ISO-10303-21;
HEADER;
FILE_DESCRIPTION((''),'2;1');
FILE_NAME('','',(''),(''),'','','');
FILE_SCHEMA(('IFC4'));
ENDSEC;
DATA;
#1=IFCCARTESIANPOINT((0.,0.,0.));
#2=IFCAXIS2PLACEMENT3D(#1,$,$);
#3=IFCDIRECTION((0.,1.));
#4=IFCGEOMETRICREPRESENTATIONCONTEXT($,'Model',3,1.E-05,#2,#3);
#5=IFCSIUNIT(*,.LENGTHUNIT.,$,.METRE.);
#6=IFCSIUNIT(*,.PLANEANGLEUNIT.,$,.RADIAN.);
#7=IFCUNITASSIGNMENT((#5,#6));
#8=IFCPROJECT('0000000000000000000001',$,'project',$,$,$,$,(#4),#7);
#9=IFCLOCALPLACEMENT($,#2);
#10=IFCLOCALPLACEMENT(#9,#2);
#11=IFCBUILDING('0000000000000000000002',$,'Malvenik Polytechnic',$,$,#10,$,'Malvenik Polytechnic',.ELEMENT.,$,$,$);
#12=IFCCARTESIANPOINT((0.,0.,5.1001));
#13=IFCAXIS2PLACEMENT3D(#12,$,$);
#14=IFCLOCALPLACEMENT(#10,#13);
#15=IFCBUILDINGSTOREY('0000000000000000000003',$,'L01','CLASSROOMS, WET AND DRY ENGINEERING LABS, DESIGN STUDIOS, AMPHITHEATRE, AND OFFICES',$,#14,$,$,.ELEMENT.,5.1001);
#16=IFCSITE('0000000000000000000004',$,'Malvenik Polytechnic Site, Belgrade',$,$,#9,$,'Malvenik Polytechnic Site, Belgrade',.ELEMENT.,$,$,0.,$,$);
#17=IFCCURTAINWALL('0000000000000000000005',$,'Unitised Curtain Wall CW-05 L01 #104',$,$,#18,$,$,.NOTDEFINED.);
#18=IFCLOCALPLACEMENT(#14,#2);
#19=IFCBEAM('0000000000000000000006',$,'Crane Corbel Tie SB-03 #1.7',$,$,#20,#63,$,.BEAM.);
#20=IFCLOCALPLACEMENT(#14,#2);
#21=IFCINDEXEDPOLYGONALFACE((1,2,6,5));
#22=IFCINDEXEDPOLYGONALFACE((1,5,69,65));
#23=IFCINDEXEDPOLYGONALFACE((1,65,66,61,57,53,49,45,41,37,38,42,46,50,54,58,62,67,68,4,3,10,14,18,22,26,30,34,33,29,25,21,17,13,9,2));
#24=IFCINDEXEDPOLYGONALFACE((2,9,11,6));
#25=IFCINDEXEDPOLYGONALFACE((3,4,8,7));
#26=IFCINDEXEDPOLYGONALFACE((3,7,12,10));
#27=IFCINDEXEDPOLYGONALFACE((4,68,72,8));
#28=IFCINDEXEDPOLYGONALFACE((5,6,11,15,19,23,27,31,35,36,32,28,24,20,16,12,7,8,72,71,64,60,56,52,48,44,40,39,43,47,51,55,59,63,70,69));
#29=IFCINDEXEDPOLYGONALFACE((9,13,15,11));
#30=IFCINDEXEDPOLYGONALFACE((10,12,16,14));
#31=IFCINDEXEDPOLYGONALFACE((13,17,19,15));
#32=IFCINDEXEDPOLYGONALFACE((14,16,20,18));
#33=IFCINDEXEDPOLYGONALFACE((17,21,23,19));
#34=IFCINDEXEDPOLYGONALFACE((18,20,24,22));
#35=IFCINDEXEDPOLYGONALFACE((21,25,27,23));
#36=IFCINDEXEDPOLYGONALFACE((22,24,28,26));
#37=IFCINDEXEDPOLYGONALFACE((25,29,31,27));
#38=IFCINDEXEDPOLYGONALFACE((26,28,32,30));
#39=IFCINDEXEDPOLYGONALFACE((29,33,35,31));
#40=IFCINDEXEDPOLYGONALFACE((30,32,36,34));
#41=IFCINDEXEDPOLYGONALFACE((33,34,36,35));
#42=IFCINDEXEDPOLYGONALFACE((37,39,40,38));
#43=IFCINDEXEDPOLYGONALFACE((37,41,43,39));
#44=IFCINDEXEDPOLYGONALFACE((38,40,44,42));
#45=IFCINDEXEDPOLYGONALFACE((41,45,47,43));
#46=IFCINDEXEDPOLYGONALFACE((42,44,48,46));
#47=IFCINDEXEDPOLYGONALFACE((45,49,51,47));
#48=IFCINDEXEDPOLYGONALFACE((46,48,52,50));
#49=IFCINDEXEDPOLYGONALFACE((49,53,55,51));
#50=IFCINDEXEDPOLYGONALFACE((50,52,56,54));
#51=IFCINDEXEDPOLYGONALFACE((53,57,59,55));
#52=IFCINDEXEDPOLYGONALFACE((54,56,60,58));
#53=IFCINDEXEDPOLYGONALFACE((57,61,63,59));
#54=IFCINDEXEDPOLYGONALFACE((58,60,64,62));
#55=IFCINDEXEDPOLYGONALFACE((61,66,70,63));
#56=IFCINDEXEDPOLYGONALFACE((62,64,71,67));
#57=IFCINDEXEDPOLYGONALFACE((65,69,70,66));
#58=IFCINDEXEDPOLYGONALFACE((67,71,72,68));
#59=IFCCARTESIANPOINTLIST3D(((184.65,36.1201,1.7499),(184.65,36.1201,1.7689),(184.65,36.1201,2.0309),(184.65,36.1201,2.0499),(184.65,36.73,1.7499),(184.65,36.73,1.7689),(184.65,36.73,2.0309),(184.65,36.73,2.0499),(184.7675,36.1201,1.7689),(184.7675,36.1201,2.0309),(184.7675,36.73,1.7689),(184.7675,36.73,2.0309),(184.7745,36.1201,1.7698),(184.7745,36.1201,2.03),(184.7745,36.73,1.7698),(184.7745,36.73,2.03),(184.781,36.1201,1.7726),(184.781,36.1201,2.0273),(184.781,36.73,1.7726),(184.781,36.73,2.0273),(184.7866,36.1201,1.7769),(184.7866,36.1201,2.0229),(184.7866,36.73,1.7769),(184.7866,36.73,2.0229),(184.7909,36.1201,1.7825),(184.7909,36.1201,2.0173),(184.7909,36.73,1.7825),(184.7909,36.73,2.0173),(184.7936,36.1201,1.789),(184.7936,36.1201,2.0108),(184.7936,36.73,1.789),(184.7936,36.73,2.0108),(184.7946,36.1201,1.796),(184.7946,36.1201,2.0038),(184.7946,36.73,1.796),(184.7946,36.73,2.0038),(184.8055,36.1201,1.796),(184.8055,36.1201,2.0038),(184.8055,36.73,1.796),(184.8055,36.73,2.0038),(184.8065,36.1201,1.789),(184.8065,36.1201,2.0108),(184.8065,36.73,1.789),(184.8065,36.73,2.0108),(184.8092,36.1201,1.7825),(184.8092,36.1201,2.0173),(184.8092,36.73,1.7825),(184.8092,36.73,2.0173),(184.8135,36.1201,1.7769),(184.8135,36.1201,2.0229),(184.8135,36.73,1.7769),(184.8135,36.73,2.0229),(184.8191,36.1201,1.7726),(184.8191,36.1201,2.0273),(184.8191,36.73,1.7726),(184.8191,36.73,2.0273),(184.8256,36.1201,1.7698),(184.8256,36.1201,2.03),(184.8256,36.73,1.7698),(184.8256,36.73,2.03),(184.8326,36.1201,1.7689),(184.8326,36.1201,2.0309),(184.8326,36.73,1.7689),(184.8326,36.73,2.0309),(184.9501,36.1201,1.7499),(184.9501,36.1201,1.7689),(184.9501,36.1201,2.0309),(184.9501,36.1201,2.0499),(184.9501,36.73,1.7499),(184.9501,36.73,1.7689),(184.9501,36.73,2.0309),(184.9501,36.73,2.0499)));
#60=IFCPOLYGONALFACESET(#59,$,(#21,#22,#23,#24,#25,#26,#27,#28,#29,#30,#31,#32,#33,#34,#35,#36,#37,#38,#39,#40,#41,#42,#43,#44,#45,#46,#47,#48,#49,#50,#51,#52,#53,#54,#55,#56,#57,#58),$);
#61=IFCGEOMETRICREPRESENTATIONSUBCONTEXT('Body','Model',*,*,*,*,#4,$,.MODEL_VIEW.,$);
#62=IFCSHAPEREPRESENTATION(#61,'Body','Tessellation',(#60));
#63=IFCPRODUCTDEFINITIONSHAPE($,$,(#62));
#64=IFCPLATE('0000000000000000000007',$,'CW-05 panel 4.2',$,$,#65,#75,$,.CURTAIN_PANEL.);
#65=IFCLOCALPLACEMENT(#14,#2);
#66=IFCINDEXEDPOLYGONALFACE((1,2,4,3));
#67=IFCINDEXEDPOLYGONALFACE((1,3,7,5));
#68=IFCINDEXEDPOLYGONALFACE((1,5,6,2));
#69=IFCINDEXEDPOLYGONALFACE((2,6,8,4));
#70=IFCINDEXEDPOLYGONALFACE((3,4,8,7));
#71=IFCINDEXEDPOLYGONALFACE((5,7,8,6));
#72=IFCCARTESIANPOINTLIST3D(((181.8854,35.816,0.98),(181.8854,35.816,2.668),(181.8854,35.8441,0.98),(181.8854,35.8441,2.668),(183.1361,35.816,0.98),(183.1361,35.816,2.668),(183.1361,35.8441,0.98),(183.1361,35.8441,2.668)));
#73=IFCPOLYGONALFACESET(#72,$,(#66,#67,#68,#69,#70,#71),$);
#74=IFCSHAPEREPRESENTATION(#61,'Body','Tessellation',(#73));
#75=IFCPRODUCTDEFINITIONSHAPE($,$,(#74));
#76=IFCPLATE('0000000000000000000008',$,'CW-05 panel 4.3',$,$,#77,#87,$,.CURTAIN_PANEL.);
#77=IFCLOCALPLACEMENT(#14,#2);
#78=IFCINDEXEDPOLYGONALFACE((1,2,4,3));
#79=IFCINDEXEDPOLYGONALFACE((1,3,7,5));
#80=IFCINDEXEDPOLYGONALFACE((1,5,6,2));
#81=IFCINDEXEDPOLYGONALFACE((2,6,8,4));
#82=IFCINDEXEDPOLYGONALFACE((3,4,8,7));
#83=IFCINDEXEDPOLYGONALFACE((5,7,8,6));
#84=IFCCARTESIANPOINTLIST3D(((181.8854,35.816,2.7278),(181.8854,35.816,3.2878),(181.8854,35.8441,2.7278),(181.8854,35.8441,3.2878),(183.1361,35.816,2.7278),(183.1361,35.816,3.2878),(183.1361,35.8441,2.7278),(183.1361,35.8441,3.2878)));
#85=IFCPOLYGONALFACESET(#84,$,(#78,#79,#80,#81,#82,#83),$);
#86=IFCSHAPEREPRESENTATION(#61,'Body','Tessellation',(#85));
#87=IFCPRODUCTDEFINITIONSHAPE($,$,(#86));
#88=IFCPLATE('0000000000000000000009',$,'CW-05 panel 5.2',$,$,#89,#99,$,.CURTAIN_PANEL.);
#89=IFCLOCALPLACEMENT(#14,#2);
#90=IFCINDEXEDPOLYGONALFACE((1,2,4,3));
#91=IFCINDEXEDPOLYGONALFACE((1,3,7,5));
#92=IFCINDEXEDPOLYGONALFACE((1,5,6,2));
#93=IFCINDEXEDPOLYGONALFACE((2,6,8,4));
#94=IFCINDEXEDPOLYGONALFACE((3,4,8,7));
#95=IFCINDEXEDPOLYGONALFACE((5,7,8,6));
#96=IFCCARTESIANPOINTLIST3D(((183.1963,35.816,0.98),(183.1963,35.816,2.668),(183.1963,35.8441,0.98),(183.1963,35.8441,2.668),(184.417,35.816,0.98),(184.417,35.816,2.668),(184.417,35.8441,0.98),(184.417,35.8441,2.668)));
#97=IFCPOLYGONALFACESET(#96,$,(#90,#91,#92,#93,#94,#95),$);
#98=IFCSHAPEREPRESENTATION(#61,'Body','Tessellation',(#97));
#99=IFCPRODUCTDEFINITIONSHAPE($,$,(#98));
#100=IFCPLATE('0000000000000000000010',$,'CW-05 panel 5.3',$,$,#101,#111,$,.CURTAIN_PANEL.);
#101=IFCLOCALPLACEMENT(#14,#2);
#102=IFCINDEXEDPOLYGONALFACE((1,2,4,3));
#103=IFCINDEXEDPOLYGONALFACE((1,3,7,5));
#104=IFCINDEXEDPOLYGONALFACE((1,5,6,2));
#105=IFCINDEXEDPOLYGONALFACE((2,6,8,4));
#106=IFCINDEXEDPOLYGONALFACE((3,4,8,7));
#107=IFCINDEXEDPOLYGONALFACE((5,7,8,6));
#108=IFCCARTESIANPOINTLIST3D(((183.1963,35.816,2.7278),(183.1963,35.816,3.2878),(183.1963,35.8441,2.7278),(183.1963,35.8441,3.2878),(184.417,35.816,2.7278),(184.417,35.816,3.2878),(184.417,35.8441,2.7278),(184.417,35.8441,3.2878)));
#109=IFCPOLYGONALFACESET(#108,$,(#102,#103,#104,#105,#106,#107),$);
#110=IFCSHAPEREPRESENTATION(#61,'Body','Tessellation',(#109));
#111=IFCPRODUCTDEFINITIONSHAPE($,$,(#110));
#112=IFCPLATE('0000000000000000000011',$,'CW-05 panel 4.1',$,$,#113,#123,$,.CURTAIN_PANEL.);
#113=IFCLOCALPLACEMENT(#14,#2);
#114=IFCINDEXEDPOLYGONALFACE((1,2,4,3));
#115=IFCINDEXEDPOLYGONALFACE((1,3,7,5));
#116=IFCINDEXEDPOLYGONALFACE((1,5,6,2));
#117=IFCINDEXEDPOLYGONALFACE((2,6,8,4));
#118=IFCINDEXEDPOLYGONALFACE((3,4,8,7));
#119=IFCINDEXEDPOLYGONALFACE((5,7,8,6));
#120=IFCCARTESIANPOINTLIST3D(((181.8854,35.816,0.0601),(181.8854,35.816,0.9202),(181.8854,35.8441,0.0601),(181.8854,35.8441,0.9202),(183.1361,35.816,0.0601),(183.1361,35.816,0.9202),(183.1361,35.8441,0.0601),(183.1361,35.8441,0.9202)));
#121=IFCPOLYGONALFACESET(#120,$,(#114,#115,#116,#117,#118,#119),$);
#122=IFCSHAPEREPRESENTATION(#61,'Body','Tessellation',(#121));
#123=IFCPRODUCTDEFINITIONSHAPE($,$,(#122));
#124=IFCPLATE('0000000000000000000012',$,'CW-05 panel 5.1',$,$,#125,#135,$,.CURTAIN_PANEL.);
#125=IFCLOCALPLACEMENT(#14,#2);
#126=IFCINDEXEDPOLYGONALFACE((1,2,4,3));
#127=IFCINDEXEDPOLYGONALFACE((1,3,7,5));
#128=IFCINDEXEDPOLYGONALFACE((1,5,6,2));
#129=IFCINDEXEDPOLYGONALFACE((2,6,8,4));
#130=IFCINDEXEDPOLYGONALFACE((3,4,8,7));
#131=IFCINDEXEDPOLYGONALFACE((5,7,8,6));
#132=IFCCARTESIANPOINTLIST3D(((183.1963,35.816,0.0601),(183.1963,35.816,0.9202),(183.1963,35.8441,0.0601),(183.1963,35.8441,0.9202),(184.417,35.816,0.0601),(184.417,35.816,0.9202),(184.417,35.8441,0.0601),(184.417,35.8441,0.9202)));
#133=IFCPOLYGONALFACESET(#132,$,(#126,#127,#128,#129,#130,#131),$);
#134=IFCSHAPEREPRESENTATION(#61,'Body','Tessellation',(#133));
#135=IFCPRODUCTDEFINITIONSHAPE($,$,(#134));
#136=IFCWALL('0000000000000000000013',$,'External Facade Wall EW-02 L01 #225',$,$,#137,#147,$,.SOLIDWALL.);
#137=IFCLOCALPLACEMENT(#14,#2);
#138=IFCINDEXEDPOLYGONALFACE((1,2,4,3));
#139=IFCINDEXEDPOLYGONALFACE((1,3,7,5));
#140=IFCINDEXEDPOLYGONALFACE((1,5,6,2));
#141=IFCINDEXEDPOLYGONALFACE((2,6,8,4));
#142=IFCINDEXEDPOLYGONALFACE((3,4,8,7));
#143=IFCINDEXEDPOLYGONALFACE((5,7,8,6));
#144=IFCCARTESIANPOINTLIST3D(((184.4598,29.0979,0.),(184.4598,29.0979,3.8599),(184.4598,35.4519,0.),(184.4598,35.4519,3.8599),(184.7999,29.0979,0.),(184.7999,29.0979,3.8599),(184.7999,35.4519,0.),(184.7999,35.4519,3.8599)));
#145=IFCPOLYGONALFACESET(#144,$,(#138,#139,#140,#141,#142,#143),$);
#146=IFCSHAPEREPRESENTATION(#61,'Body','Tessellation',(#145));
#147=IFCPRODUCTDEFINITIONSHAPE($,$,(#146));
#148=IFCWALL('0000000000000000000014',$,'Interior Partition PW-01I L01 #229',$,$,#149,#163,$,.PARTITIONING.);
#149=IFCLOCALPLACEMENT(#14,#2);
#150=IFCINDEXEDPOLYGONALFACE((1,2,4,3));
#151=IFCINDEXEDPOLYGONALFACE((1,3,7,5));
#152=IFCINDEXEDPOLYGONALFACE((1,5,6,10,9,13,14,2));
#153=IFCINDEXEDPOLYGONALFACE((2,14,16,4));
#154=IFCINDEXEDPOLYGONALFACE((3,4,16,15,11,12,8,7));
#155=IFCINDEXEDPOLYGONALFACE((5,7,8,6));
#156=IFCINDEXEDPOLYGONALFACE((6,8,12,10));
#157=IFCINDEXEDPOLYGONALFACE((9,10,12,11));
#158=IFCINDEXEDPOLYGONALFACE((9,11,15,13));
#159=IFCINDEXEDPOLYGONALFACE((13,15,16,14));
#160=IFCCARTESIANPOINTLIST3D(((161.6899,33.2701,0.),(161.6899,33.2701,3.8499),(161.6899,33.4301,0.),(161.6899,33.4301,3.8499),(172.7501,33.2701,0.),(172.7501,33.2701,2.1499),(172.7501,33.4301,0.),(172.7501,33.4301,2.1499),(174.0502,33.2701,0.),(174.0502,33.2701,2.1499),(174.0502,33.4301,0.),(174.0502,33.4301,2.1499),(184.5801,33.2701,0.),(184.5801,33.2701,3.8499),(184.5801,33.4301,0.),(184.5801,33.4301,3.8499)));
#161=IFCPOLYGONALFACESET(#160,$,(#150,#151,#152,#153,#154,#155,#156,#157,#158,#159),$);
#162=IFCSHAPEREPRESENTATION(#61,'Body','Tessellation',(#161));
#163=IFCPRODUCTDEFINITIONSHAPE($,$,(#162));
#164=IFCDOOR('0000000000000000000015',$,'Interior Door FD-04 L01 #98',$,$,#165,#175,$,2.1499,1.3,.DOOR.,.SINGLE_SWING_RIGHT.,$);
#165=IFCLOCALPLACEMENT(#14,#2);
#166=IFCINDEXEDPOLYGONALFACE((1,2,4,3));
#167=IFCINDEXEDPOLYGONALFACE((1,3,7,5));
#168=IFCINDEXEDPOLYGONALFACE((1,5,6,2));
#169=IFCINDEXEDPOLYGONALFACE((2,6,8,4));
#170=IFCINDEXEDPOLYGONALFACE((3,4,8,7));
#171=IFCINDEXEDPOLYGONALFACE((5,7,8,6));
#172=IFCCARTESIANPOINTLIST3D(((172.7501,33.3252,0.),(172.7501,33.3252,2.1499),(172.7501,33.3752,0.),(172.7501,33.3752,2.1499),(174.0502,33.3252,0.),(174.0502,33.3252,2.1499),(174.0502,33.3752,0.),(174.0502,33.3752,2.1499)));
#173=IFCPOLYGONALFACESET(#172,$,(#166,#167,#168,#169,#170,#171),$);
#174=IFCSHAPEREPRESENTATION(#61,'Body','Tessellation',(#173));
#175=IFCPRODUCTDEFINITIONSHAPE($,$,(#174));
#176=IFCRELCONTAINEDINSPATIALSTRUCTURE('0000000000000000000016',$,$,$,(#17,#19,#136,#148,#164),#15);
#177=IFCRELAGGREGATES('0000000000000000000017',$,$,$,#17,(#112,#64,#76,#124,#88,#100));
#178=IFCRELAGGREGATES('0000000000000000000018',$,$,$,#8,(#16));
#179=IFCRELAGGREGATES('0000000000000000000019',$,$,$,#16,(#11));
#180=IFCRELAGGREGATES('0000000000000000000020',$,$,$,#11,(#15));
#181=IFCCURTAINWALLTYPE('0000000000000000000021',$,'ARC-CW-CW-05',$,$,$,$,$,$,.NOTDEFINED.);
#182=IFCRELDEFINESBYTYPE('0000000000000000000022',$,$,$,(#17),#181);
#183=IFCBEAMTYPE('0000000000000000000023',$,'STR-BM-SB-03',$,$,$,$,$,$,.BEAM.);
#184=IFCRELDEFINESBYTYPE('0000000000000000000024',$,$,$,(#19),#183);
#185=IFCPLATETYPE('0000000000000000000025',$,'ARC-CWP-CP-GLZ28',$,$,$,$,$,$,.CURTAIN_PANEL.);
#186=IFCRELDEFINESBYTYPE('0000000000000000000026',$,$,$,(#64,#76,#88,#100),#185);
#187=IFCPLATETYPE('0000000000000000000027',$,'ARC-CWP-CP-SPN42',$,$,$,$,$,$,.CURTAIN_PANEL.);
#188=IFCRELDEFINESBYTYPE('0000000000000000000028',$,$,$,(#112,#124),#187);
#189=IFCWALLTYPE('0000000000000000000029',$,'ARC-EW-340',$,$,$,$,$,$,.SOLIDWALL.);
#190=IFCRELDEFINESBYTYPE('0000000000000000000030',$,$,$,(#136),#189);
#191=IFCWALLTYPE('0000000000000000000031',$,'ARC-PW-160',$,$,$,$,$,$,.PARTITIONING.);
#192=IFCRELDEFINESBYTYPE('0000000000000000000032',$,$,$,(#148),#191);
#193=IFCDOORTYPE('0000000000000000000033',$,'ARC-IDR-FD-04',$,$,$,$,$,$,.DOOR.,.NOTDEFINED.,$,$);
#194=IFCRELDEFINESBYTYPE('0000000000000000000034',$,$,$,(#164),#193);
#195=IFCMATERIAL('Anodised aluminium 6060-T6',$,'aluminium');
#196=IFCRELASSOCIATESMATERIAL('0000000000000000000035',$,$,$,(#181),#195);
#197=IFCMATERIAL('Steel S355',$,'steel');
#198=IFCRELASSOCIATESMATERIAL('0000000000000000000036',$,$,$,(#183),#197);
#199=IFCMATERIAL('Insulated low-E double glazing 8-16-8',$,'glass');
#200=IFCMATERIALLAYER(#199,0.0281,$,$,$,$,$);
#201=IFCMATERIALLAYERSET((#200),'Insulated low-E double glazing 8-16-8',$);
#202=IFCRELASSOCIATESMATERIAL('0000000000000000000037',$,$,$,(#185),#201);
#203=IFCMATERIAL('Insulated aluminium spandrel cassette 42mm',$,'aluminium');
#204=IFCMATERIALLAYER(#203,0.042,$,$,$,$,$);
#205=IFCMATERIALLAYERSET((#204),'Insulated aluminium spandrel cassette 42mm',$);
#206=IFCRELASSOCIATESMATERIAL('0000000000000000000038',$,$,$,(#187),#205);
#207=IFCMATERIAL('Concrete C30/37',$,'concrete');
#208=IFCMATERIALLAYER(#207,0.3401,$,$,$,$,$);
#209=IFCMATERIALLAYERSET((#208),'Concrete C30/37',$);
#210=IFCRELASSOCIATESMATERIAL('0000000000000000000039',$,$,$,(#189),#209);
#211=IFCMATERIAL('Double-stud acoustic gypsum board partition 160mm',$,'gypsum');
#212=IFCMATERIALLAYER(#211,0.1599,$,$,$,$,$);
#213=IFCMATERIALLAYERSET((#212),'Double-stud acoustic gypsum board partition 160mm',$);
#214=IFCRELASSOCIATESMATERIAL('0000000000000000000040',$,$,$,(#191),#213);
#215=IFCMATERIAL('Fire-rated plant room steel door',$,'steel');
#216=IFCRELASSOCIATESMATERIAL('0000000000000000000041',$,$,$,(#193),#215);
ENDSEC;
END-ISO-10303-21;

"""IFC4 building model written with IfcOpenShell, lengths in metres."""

from ifc_helpers import new_model, si_unit, direction, frame, frame_2d, origin, origin_2d, place, context, subcontext, project, spatial, rectangle, i_section, extrude, material, layer, layer_set, material_profile, profile_set, type_object, element, fill, aggregate, save


model = new_model("IFC4")

# Units and contexts
model_context = context("Model", 3, precision=1e-05, world=origin(), true_north=direction((0.0, 1.0)))
body_context = subcontext(model_context, "Body", "Model", "MODEL_VIEW")
ifc_project = project(units=[si_unit("LENGTHUNIT", "METRE"), si_unit("PLANEANGLEUNIT", "RADIAN")], contexts=[model_context])

# Site, building, storey
site_placement = place(None, origin())
site = spatial("IfcSite", under=ifc_project, at=site_placement, Name="Malvenik Polytechnic Site, Belgrade", LongName="Malvenik Polytechnic Site, Belgrade", CompositionType="ELEMENT", RefElevation=0.0)
building_placement = place(site_placement, origin())
building = spatial("IfcBuilding", under=site, at=building_placement, Name="Malvenik Polytechnic", LongName="Malvenik Polytechnic", CompositionType="ELEMENT")
storey_placement = place(building_placement, frame((0.0, 0.0, 5.1001)))
storey = spatial("IfcBuildingStorey", under=building, at=storey_placement, Name="L01", Description="CLASSROOMS, WET AND DRY ENGINEERING LABS, DESIGN STUDIOS, AMPHITHEATRE, AND OFFICES", CompositionType="ELEMENT", Elevation=5.1001)

# Curtain wall
ifc_material_1 = material(Name="Anodised aluminium 6060-T6", Category="aluminium")
curtain_wall_type_1 = type_object("IfcCurtainWallType", Name="ARC-CW-CW-05", PredefinedType="NOTDEFINED", material=ifc_material_1)
curtain_wall_1_placement = place(storey_placement, origin())
curtain_wall_1 = element("IfcCurtainWall", 1, at=curtain_wall_1_placement, inside=storey, type_object=curtain_wall_type_1, Name="Unitised Curtain Wall CW-05 L01 #104", PredefinedType="NOTDEFINED")

# Beam
ifc_material_2 = material(Name="Steel S355", Category="steel")
ifc_material_profile_1 = material_profile(ifc_material_2, i_section(OverallWidth=0.3, OverallDepth=0.3, WebThickness=0.011, FlangeThickness=0.019, FilletRadius=0.0271, at=origin_2d()), Name="HEB 300")
ifc_profile_set_1 = profile_set([ifc_material_profile_1], Name="Steel S355")
beam_type = type_object("IfcBeamType", Name="STR-BM-SB-03", PredefinedType="BEAM", material=ifc_profile_set_1)
beam_placement = place(storey_placement, frame((184.8, 36.1201, 1.8999), z_axis=(0.0, 1.0, 0.0), x_axis=(-1.0, 0.0, 0.0)))
element("IfcBeam", 2, at=beam_placement, inside=storey, type_object=beam_type, Name="Crane Corbel Tie SB-03 #1.7", PredefinedType="BEAM", context=body_context, shape_type="SweptSolid", body=[
    extrude(i_section(OverallWidth=0.3, OverallDepth=0.3, WebThickness=0.011, FlangeThickness=0.019, FilletRadius=0.0271, at=origin_2d()), origin(), (0.0, 0.0, 1.0), 0.6099),
])

# Plates
ifc_material_3 = material(Name="Insulated low-E double glazing 8-16-8", Category="glass")
ifc_layer_1 = layer(ifc_material_3, 0.0281)
ifc_layer_set_1 = layer_set([ifc_layer_1], Name="Insulated low-E double glazing 8-16-8")
plate_type_1 = type_object("IfcPlateType", Name="ARC-CWP-CP-GLZ28", PredefinedType="CURTAIN_PANEL", material=ifc_layer_set_1)
plate_1_placement = place(storey_placement, frame((182.5107, 35.8301, 0.98), z_axis=(0.0, 0.0, 1.0), x_axis=(1.0, 0.0, 0.0)))
plate_1 = element("IfcPlate", 3, at=plate_1_placement, type_object=plate_type_1, Name="CW-05 panel 4.2", PredefinedType="CURTAIN_PANEL", context=body_context, shape_type="SweptSolid", body=[
    extrude(rectangle(XDim=1.2507, YDim=0.0281, at=origin_2d()), origin(), (0.0, 0.0, 1.0), 1.688),
])
plate_2_placement = place(storey_placement, frame((182.5107, 35.8301, 2.7278), z_axis=(0.0, 0.0, 1.0), x_axis=(1.0, 0.0, 0.0)))
plate_2 = element("IfcPlate", 4, at=plate_2_placement, type_object=plate_type_1, Name="CW-05 panel 4.3", PredefinedType="CURTAIN_PANEL", context=body_context, shape_type="SweptSolid", body=[
    extrude(rectangle(XDim=1.2507, YDim=0.0281, at=origin_2d()), origin(), (0.0, 0.0, 1.0), 0.5601),
])
plate_3_placement = place(storey_placement, frame((183.8066, 35.8301, 0.98), z_axis=(0.0, 0.0, 1.0), x_axis=(1.0, 0.0, 0.0)))
plate_3 = element("IfcPlate", 5, at=plate_3_placement, type_object=plate_type_1, Name="CW-05 panel 5.2", PredefinedType="CURTAIN_PANEL", context=body_context, shape_type="SweptSolid", body=[
    extrude(rectangle(XDim=1.2207, YDim=0.0281, at=origin_2d()), origin(), (0.0, 0.0, 1.0), 1.688),
])
plate_4_placement = place(storey_placement, frame((183.8066, 35.8301, 2.7278), z_axis=(0.0, 0.0, 1.0), x_axis=(1.0, 0.0, 0.0)))
plate_4 = element("IfcPlate", 6, at=plate_4_placement, type_object=plate_type_1, Name="CW-05 panel 5.3", PredefinedType="CURTAIN_PANEL", context=body_context, shape_type="SweptSolid", body=[
    extrude(rectangle(XDim=1.2207, YDim=0.0281, at=origin_2d()), origin(), (0.0, 0.0, 1.0), 0.5601),
])
ifc_material_4 = material(Name="Insulated aluminium spandrel cassette 42mm", Category="aluminium")
ifc_layer_2 = layer(ifc_material_4, 0.042)
ifc_layer_set_2 = layer_set([ifc_layer_2], Name="Insulated aluminium spandrel cassette 42mm")
plate_type_2 = type_object("IfcPlateType", Name="ARC-CWP-CP-SPN42", PredefinedType="CURTAIN_PANEL", material=ifc_layer_set_2)
plate_5_placement = place(storey_placement, frame((182.5107, 35.8301, 0.0601), z_axis=(0.0, 0.0, 1.0), x_axis=(1.0, 0.0, 0.0)))
plate_5 = element("IfcPlate", 7, at=plate_5_placement, type_object=plate_type_2, Name="CW-05 panel 4.1", PredefinedType="CURTAIN_PANEL", context=body_context, shape_type="SweptSolid", body=[
    extrude(rectangle(XDim=1.2507, YDim=0.0281, at=origin_2d()), origin(), (0.0, 0.0, 1.0), 0.8601),
])
plate_6_placement = place(storey_placement, frame((183.8066, 35.8301, 0.0601), z_axis=(0.0, 0.0, 1.0), x_axis=(1.0, 0.0, 0.0)))
plate_6 = element("IfcPlate", 8, at=plate_6_placement, type_object=plate_type_2, Name="CW-05 panel 5.1", PredefinedType="CURTAIN_PANEL", context=body_context, shape_type="SweptSolid", body=[
    extrude(rectangle(XDim=1.2207, YDim=0.0281, at=origin_2d()), origin(), (0.0, 0.0, 1.0), 0.8601),
])
aggregate(curtain_wall_1, [plate_5, plate_1, plate_2, plate_6, plate_3, plate_4])

# Wall
ifc_material_5 = material(Name="Concrete C30/37", Category="concrete")
ifc_layer_3 = layer(ifc_material_5, 0.3401)
ifc_layer_set_3 = layer_set([ifc_layer_3], Name="Concrete C30/37")
wall_type_1 = type_object("IfcWallType", Name="ARC-EW-340", PredefinedType="SOLIDWALL", material=ifc_layer_set_3)
wall_1_placement = place(storey_placement, frame((184.6299, 35.4519, 0.0), z_axis=(0.0, 0.0, 1.0), x_axis=(0.0, -1.0, 0.0)))
element("IfcWall", 9, at=wall_1_placement, inside=storey, type_object=wall_type_1, Name="External Facade Wall EW-02 L01 #225", PredefinedType="SOLIDWALL", context=body_context, shape_type="SweptSolid", body=[
    extrude(rectangle(XDim=6.354, YDim=0.3401, at=frame_2d((3.177, 0.0))), origin(), (0.0, 0.0, 1.0), 3.8599),
])

# Wall, opening, door
ifc_material_6 = material(Name="Double-stud acoustic gypsum board partition 160mm", Category="gypsum")
ifc_layer_4 = layer(ifc_material_6, 0.1599)
ifc_layer_set_4 = layer_set([ifc_layer_4], Name="Double-stud acoustic gypsum board partition 160mm")
wall_type_2 = type_object("IfcWallType", Name="ARC-PW-160", PredefinedType="PARTITIONING", material=ifc_layer_set_4)
wall_2_placement = place(storey_placement, frame((184.5801, 33.3501, 0.0), z_axis=(0.0, 0.0, 1.0), x_axis=(-1.0, 0.0, 0.0)))
wall_2 = element("IfcWall", 10, at=wall_2_placement, inside=storey, type_object=wall_type_2, Name="Interior Partition PW-01I L01 #229", PredefinedType="PARTITIONING", context=body_context, shape_type="SweptSolid", body=[
    extrude(rectangle(XDim=22.8901, YDim=0.1599, at=frame_2d((11.4451, 0.0))), origin(), (0.0, 0.0, 1.0), 3.8499),
])
opening_placement = place(wall_2_placement, frame((10.53, 0.0, 0.0)))
opening = element("IfcOpeningElement", 11, at=opening_placement, cuts=wall_2, PredefinedType="OPENING", context=body_context, shape_type="SweptSolid", body=[
    extrude(rectangle(XDim=1.3, YDim=2.1499, at=frame_2d((0.6499, 1.075))), frame((0.0, 0.0898, 0.0), z_axis=(0.0, -1.0, 0.0), x_axis=(1.0, 0.0, 0.0)), (0.0, 0.0, 1.0), 0.1799),
])
ifc_material_7 = material(Name="Fire-rated plant room steel door", Category="steel")
door_type = type_object("IfcDoorType", Name="ARC-IDR-FD-04", OperationType="NOTDEFINED", PredefinedType="DOOR", material=ifc_material_7)
door_placement = place(opening_placement, origin())
door = element("IfcDoor", 12, at=door_placement, inside=storey, type_object=door_type, Name="Interior Door FD-04 L01 #98", OperationType="SINGLE_SWING_RIGHT", OverallHeight=2.1499, OverallWidth=1.3, PredefinedType="DOOR", context=body_context, shape_type="SweptSolid", body=[
    extrude(rectangle(XDim=1.3, YDim=2.1499, at=frame_2d((0.6499, 1.075))), frame((0.0, 0.0249, 0.0), z_axis=(0.0, -1.0, 0.0), x_axis=(1.0, 0.0, 0.0)), (0.0, 0.0, 1.0), 0.05),
])
fill(opening, door)

save(model, "model.ifc")
